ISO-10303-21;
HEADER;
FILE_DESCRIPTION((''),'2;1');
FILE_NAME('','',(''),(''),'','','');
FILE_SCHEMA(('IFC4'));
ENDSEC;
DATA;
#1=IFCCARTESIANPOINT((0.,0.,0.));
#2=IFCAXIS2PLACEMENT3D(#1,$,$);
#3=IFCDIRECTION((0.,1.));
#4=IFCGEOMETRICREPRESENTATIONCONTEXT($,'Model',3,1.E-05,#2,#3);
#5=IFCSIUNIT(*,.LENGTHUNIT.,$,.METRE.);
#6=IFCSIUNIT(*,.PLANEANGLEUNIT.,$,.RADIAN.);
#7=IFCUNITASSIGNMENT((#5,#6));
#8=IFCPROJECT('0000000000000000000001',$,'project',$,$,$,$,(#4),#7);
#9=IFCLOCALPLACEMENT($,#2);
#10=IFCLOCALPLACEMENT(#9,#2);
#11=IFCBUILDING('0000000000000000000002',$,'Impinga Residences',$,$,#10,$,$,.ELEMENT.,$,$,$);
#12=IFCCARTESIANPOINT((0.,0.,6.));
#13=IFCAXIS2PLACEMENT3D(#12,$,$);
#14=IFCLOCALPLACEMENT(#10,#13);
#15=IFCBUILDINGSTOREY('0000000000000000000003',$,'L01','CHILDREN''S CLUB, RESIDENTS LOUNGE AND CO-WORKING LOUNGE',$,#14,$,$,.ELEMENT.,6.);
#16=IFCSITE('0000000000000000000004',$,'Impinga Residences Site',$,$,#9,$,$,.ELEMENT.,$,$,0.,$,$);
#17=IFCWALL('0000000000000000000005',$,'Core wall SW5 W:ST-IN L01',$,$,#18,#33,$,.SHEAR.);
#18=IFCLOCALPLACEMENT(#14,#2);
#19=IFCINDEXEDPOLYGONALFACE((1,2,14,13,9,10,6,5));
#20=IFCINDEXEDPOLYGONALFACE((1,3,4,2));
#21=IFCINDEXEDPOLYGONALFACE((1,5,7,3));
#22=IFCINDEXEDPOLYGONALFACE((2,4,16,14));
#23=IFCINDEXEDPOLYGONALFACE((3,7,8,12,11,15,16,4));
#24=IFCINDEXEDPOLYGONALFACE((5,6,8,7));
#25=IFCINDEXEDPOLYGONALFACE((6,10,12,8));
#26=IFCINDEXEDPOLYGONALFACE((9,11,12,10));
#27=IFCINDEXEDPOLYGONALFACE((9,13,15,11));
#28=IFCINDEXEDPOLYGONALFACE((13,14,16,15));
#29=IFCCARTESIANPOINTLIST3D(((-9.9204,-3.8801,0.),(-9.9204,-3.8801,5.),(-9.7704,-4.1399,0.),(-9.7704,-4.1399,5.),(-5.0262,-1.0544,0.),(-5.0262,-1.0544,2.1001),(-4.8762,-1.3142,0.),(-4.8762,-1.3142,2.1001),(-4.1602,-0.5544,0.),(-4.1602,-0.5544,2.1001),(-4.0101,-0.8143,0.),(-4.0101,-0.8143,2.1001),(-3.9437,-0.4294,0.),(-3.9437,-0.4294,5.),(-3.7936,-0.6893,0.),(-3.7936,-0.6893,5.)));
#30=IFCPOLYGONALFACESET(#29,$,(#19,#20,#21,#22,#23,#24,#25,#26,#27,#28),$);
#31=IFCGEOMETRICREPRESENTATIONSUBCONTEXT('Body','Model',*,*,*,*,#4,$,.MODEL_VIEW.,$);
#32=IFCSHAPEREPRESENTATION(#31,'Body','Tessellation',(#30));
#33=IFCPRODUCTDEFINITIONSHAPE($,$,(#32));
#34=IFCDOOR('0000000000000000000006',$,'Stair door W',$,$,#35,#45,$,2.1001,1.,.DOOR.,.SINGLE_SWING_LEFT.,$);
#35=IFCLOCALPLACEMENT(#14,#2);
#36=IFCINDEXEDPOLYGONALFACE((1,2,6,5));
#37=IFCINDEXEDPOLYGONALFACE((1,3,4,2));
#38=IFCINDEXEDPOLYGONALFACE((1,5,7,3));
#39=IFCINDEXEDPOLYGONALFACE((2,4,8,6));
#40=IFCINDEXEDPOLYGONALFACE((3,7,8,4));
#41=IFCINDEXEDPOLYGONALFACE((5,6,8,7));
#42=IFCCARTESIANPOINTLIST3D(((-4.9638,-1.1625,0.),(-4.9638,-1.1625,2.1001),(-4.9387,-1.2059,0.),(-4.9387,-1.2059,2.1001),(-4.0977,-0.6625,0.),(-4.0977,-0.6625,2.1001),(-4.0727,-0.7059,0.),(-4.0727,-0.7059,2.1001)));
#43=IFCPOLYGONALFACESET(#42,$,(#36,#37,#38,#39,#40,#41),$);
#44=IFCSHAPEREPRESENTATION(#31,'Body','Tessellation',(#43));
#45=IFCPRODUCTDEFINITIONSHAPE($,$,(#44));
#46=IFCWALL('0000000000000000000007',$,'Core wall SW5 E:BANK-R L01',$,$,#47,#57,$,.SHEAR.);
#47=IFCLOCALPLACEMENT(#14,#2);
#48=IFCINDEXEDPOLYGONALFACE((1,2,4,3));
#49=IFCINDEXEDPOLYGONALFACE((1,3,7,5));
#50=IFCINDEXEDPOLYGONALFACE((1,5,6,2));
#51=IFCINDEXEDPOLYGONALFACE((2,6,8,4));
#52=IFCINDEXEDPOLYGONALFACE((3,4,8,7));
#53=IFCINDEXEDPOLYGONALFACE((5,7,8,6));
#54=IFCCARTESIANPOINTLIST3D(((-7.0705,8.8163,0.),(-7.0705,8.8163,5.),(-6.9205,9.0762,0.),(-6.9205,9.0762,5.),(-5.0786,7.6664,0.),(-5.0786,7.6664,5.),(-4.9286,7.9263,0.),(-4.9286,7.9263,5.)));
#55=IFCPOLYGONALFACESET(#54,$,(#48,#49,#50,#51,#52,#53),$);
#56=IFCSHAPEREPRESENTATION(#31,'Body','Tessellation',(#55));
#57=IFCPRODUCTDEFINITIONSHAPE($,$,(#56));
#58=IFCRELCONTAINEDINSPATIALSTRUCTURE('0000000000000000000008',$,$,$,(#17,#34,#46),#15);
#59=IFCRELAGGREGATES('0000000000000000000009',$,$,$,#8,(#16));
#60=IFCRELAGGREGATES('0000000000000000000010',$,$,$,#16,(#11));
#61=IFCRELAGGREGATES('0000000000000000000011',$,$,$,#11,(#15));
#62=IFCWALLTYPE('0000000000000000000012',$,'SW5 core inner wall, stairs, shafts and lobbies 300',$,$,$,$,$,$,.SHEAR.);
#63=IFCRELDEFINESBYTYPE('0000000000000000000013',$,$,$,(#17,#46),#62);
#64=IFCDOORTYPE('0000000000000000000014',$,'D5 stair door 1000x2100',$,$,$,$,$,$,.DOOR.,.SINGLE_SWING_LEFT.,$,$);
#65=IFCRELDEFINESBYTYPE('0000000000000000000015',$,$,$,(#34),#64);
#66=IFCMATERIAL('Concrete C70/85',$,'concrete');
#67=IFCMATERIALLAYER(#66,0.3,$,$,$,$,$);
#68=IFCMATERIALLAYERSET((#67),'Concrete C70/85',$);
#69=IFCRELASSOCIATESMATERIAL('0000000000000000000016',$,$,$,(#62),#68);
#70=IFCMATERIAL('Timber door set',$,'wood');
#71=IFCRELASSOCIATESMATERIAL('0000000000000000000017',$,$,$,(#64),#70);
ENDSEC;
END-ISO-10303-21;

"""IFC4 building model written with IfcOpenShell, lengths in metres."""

from ifc_helpers import new_model, si_unit, direction, frame, frame_2d, origin, place, context, subcontext, project, spatial, rectangle, extrude, material, layer, layer_set, type_object, element, fill, save


model = new_model("IFC4")

# Units and contexts
model_context = context("Model", 3, precision=1e-05, world=origin(), true_north=direction((0.0, 1.0)))
body_context = subcontext(model_context, "Body", "Model", "MODEL_VIEW")
ifc_project = project(units=[si_unit("LENGTHUNIT", "METRE"), si_unit("PLANEANGLEUNIT", "RADIAN")], contexts=[model_context])

# Site, building, storey
site_placement = place(None, origin())
site = spatial("IfcSite", under=ifc_project, at=site_placement, Name="Impinga Residences Site", CompositionType="ELEMENT", RefElevation=0.0)
building_placement = place(site_placement, origin())
building = spatial("IfcBuilding", under=site, at=building_placement, Name="Impinga Residences", CompositionType="ELEMENT")
storey_placement = place(building_placement, frame((0.0, 0.0, 6.0)))
storey = spatial("IfcBuildingStorey", under=building, at=storey_placement, Name="L01", Description="CHILDREN'S CLUB, RESIDENTS LOUNGE AND CO-WORKING LOUNGE", CompositionType="ELEMENT", Elevation=6.0)

# Shared definitions
ifc_material_1 = material(Name="Concrete C70/85", Category="concrete")

# Shared definitions
ifc_layer_1 = layer(ifc_material_1, 0.3)
ifc_layer_set_1 = layer_set([ifc_layer_1], Name="Concrete C70/85")
wall_type_1 = type_object("IfcWallType", Name="SW5 core inner wall, stairs, shafts and lobbies 300", PredefinedType="SHEAR", material=ifc_layer_set_1)
ifc_material_2 = material(Name="Timber door set", Category="wood")

# Wall, opening, door
wall_1_placement = place(storey_placement, frame((-3.8687, -0.5593, 0.0), z_axis=(0.0, 0.0, 1.0), x_axis=(-0.866027, -0.499997, 0.0)))
wall_1 = element("IfcWall", 1, at=wall_1_placement, inside=storey, type_object=wall_type_1, Name="Core wall SW5 W:ST-IN L01", PredefinedType="SHEAR", context=body_context, shape_type="SweptSolid", body=[
    extrude(rectangle(XDim=6.9014, YDim=0.3, at=frame_2d((3.4507, 0.0))), origin(), (0.0, 0.0, 1.0), 5.0),
])
opening_1_placement = place(wall_1_placement, frame((0.25, 0.0, 0.0)))
opening_1 = element("IfcOpeningElement", 2, at=opening_1_placement, cuts=wall_1, PredefinedType="OPENING", context=body_context, shape_type="SweptSolid", body=[
    extrude(rectangle(XDim=1.0, YDim=2.1001, at=frame_2d((0.5, 1.05))), frame((0.0, 0.1599, 0.0), z_axis=(0.0, -1.0, 0.0), x_axis=(1.0, 0.0, 0.0)), (0.0, 0.0, 1.0), 0.3201),
])
door_type_1 = type_object("IfcDoorType", Name="D5 stair door 1000x2100", OperationType="SINGLE_SWING_LEFT", PredefinedType="DOOR", material=ifc_material_2)
door_1_placement = place(opening_1_placement, origin())
door_1 = element("IfcDoor", 3, at=door_1_placement, inside=storey, type_object=door_type_1, Name="Stair door W", OperationType="SINGLE_SWING_LEFT", OverallHeight=2.1001, OverallWidth=1.0, PredefinedType="DOOR", context=body_context, shape_type="SweptSolid", body=[
    extrude(rectangle(XDim=1.0, YDim=2.1001, at=frame_2d((0.5, 1.05))), frame((0.0, 0.0249, 0.0), z_axis=(0.0, -1.0, 0.0), x_axis=(1.0, 0.0, 0.0)), (0.0, 0.0, 1.0), 0.05),
])
fill(opening_1, door_1)

# Wall
wall_2_placement = place(storey_placement, frame((-5.0037, 7.7964, 0.0), z_axis=(0.0, 0.0, 1.0), x_axis=(-0.866053, 0.499952, 0.0)))
element("IfcWall", 4, at=wall_2_placement, inside=storey, type_object=wall_type_1, Name="Core wall SW5 E:BANK-R L01", PredefinedType="SHEAR", context=body_context, shape_type="SweptSolid", body=[
    extrude(rectangle(XDim=2.3, YDim=0.3, at=frame_2d((1.1499, 0.0))), origin(), (0.0, 0.0, 1.0), 5.0),
])

save(model, "model.ifc")
